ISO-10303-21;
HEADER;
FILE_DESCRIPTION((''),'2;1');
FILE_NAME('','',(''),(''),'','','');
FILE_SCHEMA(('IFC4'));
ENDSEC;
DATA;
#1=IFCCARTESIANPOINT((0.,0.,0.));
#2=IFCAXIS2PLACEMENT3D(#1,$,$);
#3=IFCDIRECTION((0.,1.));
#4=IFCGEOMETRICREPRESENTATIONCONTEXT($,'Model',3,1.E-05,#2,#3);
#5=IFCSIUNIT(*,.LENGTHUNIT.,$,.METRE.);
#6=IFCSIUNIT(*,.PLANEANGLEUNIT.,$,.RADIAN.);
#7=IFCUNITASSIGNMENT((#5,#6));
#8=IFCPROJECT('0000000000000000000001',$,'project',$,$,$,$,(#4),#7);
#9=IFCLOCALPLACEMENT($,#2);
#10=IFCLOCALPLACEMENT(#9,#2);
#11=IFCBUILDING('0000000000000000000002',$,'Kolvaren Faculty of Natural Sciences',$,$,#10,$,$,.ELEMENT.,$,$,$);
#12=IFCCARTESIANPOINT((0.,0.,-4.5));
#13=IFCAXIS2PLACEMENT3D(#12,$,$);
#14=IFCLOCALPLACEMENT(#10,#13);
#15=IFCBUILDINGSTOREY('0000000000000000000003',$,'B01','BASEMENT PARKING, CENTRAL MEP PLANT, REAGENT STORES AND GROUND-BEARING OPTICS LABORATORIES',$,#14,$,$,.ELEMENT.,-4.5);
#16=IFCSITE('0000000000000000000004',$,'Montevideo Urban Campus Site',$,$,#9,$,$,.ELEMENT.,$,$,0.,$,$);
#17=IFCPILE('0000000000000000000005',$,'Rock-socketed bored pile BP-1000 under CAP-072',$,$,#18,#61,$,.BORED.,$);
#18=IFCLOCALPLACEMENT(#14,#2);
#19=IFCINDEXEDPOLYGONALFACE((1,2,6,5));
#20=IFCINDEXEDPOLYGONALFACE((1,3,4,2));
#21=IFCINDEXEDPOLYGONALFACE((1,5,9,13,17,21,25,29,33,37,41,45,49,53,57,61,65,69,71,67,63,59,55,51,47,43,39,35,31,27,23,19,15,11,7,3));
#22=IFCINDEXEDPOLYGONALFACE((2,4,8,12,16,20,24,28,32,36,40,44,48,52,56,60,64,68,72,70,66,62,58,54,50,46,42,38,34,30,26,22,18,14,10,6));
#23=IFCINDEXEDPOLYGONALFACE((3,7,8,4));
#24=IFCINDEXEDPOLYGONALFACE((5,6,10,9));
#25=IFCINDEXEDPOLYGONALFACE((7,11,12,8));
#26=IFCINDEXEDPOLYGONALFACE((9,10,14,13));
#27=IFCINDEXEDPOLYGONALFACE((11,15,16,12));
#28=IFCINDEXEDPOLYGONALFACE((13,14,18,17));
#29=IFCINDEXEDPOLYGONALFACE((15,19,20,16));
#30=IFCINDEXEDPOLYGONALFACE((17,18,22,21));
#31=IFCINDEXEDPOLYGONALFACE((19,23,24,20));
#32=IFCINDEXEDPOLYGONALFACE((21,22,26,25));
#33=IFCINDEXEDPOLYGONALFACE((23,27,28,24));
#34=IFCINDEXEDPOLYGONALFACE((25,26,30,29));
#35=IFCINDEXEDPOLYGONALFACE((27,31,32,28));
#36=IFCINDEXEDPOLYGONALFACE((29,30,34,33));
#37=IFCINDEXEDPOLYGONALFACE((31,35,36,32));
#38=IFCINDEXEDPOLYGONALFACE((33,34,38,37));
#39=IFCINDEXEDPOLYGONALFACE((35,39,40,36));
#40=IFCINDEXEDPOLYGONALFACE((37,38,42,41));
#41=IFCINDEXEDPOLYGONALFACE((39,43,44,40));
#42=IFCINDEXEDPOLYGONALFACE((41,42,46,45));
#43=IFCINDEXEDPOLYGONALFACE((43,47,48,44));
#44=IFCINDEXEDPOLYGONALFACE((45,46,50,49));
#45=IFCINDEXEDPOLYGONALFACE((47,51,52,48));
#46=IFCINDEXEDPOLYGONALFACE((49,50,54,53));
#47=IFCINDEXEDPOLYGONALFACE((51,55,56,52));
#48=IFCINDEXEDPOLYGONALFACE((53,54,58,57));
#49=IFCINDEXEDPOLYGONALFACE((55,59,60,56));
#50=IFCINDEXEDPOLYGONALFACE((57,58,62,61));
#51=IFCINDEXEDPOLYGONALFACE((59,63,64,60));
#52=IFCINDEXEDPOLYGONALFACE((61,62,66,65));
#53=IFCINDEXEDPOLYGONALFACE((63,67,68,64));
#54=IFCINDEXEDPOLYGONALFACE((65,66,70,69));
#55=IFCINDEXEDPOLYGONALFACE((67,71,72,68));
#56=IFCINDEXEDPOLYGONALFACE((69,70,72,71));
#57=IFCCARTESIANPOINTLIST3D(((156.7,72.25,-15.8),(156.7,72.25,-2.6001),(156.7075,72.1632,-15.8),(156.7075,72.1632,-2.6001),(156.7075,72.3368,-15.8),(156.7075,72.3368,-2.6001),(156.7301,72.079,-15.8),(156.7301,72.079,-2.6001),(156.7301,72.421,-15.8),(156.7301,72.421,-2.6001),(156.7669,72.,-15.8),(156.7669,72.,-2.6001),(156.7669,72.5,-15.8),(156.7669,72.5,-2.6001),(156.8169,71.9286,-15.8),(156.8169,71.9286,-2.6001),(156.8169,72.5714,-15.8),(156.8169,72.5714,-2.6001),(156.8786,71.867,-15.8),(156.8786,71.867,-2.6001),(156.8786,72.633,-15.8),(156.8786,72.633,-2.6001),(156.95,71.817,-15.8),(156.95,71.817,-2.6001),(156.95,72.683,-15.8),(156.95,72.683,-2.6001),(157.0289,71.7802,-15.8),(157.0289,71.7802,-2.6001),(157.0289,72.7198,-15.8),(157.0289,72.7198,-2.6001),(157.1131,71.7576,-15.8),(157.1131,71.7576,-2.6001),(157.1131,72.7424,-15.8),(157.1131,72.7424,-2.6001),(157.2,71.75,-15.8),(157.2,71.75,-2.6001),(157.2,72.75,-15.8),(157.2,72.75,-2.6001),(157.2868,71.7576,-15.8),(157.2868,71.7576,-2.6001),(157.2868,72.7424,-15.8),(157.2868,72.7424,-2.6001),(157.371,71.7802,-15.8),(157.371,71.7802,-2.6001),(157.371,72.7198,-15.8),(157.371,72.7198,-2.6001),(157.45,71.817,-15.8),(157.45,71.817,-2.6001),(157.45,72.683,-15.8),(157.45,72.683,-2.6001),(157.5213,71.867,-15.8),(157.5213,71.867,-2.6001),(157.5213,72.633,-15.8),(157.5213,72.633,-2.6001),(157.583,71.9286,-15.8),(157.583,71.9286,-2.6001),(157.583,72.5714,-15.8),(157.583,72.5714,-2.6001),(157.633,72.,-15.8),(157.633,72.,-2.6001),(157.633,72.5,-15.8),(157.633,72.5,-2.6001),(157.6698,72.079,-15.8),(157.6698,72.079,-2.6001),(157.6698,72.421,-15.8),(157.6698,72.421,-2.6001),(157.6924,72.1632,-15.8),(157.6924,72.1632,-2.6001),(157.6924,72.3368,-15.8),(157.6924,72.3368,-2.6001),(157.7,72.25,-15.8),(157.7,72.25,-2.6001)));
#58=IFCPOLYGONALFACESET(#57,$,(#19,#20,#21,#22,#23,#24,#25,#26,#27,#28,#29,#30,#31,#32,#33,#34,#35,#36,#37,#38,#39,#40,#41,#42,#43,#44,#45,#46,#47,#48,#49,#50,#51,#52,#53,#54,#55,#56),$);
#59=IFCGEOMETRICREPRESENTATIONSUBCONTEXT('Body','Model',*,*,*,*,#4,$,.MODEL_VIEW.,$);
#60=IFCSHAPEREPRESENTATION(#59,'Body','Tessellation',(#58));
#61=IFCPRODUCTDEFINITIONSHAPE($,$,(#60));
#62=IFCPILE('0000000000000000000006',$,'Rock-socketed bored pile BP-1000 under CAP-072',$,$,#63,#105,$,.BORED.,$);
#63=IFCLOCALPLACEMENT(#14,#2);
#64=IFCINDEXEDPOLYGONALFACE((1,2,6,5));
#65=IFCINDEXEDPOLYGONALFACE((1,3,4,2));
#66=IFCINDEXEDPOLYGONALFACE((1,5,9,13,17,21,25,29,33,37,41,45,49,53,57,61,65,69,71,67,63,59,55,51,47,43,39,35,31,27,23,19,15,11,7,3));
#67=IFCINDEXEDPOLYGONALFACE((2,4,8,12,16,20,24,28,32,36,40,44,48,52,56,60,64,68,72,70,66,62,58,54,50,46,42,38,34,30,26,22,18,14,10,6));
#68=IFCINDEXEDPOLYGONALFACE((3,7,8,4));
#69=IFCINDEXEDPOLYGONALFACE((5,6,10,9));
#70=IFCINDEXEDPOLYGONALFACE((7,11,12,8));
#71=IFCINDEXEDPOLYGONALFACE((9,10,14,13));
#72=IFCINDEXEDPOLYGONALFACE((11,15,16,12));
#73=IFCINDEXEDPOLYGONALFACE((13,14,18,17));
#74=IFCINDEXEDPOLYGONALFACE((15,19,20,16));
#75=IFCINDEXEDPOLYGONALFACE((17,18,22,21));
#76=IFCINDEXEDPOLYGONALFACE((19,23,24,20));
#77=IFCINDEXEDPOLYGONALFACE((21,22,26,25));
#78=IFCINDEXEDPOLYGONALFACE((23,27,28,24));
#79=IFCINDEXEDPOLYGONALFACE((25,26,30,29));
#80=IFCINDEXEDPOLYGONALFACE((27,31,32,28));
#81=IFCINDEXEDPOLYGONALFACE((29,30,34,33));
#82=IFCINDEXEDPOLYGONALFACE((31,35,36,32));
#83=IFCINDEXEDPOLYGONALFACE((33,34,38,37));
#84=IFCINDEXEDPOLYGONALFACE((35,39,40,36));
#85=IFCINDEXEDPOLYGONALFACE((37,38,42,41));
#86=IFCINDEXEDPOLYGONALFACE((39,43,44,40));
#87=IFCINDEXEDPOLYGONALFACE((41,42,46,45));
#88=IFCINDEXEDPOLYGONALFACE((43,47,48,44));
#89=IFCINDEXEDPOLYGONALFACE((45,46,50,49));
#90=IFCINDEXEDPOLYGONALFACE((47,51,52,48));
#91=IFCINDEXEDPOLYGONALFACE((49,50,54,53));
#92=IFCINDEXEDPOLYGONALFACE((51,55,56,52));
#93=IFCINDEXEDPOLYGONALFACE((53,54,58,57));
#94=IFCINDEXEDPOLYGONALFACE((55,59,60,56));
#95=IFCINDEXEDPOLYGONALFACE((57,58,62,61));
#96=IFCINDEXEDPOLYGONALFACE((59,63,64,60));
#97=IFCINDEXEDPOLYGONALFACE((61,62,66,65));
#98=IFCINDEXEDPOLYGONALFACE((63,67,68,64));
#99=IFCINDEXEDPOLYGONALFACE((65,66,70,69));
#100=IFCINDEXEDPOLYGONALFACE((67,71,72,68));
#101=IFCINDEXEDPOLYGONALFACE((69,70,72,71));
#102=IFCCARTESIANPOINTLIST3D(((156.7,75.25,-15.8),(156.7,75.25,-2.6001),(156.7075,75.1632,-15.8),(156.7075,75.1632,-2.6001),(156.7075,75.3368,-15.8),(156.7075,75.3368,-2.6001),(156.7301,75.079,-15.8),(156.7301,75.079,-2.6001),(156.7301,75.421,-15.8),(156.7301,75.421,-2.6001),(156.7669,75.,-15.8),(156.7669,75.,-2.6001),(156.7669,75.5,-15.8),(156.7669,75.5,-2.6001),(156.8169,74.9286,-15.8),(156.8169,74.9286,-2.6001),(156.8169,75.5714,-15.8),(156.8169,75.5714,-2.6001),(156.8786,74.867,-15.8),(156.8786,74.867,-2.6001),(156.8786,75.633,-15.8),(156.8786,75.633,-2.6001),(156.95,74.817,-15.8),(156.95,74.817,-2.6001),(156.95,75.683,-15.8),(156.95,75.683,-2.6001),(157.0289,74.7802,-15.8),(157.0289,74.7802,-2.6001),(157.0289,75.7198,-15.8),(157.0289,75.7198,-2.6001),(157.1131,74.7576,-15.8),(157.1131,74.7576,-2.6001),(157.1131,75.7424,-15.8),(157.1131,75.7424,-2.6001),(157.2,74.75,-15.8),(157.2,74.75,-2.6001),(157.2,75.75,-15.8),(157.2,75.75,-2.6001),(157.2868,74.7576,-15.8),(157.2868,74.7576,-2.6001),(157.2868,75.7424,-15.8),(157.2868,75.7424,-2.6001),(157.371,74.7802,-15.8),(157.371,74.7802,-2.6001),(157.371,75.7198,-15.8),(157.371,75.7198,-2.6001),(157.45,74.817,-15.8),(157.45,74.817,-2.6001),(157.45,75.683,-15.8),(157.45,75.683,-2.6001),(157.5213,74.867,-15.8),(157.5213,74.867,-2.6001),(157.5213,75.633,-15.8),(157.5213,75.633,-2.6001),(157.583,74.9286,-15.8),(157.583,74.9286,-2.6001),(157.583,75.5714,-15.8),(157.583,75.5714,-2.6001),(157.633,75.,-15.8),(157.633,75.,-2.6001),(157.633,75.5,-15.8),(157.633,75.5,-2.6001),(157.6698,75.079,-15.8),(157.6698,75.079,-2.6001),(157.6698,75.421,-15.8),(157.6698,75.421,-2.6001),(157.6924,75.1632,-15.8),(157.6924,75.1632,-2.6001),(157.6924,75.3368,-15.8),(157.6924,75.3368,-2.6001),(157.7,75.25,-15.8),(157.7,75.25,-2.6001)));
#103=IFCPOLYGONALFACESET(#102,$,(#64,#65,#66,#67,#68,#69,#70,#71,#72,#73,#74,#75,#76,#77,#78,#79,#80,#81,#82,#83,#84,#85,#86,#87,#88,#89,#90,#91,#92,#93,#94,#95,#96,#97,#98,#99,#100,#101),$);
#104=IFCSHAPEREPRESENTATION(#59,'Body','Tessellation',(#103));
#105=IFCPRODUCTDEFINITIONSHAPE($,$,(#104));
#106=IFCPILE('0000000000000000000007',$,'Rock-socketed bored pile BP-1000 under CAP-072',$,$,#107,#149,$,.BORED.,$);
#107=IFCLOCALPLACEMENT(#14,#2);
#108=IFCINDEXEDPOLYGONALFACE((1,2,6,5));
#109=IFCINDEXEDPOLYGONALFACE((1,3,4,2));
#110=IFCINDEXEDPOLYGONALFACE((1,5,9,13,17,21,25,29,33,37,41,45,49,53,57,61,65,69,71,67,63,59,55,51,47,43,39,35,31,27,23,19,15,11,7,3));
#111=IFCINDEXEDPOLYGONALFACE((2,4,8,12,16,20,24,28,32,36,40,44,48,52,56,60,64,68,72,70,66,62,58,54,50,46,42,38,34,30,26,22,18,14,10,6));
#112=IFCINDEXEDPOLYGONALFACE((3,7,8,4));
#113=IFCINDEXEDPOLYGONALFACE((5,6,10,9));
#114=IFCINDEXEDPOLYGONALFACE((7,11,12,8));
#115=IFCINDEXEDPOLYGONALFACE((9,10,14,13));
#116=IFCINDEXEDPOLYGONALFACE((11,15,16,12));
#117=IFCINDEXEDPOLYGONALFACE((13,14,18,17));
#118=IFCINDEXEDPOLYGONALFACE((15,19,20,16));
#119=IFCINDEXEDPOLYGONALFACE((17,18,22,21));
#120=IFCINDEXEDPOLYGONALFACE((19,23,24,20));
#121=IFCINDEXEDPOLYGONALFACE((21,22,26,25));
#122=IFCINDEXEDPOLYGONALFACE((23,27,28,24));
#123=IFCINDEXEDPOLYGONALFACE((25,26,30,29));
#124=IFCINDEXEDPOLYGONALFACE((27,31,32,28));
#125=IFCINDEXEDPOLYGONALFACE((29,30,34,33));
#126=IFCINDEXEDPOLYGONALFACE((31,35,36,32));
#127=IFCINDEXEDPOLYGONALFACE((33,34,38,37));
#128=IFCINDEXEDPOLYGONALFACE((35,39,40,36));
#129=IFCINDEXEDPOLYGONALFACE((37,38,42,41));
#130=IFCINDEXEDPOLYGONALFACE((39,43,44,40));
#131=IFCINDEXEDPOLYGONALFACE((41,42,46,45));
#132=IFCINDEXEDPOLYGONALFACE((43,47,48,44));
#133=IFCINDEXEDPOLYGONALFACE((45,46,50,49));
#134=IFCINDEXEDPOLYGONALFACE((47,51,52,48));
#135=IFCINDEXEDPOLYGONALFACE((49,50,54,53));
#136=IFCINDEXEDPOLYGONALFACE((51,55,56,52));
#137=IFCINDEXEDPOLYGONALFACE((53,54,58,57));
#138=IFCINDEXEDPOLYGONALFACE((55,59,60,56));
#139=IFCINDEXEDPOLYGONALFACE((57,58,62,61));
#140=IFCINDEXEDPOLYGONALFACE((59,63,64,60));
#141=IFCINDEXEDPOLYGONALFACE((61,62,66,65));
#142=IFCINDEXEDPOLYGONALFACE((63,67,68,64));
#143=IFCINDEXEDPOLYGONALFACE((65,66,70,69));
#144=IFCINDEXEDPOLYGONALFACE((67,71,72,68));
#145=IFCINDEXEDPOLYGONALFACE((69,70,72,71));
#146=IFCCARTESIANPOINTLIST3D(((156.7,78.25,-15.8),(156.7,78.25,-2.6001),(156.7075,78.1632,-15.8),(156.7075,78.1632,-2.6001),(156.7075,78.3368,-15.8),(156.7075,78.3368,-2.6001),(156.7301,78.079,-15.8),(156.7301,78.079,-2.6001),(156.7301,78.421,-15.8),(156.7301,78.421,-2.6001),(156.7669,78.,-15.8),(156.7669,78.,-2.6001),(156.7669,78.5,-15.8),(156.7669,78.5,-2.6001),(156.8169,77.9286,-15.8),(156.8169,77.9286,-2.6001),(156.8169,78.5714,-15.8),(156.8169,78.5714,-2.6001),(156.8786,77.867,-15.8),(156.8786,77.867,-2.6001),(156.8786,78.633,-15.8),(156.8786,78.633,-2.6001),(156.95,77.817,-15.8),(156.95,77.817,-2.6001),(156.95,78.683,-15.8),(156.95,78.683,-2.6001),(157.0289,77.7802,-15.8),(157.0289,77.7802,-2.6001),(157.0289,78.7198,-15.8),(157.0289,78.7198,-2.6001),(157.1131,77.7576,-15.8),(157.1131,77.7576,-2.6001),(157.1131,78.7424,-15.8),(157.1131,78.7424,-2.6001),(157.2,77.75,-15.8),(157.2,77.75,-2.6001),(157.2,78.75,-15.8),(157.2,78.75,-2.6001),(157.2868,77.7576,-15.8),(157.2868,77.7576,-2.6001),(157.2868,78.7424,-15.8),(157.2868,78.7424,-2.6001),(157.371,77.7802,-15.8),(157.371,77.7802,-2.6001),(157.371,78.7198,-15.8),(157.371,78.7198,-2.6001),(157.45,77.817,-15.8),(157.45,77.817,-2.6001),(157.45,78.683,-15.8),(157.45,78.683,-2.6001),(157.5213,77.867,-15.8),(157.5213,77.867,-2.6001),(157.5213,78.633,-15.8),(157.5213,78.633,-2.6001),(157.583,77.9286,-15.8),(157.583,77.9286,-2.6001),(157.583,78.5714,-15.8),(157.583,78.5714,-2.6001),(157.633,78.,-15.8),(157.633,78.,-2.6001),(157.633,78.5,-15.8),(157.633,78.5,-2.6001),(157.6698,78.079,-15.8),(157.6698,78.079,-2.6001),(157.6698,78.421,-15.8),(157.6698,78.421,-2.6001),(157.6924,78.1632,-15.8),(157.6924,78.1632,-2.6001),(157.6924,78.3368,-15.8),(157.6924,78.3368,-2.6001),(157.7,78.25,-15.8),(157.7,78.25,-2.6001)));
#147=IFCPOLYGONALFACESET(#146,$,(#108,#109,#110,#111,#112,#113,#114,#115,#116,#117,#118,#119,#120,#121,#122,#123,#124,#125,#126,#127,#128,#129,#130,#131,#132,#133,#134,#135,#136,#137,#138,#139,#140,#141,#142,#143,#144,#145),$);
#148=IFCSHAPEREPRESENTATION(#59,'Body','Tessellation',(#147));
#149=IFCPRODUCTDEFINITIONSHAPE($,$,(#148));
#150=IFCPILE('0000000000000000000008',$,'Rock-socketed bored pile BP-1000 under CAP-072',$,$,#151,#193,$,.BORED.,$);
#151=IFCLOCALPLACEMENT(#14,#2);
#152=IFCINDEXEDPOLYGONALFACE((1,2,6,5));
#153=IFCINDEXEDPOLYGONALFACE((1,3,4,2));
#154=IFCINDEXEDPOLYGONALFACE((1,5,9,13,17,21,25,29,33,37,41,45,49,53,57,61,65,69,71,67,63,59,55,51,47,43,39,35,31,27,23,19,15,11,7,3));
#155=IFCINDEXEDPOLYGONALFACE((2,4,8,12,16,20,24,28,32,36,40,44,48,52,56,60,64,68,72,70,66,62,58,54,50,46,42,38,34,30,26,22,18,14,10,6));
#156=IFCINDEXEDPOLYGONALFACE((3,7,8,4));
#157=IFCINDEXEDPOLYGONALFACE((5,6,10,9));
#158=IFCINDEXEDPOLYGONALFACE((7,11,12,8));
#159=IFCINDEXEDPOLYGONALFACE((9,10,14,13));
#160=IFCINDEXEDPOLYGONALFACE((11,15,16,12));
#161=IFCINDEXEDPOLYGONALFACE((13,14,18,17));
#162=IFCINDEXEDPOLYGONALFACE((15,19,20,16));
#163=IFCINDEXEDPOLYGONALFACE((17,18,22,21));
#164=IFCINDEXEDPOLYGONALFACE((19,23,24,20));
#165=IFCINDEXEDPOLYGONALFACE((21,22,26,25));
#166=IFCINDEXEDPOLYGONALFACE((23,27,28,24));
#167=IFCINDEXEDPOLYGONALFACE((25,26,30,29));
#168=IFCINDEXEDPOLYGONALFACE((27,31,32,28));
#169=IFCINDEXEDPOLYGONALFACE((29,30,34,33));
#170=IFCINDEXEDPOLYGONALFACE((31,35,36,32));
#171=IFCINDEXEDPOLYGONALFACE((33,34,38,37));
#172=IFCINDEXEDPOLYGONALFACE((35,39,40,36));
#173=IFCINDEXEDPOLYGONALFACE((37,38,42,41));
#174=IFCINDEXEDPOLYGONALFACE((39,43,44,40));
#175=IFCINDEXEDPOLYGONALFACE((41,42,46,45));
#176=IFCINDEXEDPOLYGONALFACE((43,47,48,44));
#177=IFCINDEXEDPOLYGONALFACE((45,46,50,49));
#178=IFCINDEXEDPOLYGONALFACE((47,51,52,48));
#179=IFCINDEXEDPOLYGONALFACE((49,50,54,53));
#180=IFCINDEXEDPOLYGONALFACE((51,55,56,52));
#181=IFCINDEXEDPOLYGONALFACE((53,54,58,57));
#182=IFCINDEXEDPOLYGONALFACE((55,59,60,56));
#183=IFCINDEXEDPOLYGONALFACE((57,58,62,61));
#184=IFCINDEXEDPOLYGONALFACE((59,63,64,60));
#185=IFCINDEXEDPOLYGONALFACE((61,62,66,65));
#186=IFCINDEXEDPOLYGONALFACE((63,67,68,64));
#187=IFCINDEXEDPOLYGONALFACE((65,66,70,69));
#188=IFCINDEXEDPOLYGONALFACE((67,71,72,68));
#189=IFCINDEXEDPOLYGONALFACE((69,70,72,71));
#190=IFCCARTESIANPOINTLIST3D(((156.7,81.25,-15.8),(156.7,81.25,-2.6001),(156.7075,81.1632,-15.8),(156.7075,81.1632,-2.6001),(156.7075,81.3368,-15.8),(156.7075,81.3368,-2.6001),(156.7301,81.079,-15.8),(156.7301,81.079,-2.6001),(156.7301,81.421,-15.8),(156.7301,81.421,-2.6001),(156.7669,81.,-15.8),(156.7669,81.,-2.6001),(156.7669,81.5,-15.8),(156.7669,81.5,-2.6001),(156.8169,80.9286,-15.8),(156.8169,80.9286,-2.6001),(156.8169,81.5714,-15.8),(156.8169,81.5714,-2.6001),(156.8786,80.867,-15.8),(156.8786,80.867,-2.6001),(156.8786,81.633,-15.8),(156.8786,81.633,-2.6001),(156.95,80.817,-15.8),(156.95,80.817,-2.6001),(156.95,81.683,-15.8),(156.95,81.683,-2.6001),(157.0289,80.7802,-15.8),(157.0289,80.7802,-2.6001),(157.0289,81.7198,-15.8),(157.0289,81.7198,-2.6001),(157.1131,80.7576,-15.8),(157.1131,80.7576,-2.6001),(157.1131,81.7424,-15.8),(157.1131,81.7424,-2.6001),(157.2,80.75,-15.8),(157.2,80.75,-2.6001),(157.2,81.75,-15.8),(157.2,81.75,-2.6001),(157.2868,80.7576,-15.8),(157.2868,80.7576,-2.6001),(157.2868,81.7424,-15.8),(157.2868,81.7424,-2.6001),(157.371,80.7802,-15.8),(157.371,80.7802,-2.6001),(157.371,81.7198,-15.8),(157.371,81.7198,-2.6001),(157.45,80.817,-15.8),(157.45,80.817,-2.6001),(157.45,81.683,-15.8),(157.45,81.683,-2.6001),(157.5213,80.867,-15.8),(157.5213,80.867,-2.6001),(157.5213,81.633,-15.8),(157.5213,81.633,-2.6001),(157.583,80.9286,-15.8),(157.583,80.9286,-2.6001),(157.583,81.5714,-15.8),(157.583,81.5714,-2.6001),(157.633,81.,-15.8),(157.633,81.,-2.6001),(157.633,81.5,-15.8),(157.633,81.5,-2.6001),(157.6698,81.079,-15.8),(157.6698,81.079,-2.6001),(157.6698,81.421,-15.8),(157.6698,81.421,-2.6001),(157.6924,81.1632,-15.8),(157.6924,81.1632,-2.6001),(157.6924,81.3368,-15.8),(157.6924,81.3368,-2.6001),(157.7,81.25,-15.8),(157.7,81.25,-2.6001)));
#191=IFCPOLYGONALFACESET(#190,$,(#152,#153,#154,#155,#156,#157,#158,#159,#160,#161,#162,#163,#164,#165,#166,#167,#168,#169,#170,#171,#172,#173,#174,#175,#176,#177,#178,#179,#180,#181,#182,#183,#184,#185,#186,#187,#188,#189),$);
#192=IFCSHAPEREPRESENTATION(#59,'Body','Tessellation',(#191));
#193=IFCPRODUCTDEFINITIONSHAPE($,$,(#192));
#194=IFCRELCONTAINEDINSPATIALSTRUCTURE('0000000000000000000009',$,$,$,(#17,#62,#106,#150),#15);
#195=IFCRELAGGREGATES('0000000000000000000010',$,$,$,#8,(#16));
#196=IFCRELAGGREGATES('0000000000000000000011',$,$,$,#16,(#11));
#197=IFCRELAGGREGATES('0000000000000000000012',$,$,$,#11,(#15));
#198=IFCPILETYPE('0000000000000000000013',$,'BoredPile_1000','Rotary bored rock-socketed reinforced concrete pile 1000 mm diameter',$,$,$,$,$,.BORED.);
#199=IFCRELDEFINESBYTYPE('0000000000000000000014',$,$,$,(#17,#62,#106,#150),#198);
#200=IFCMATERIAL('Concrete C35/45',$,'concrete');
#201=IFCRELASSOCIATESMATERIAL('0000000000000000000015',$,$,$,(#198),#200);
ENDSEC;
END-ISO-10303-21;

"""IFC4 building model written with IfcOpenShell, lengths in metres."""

from ifc_helpers import new_model, si_unit, direction, frame, origin, origin_2d, place, context, subcontext, project, spatial, circle, extrude, material, material_profile, profile_set, type_object, element, save


model = new_model("IFC4")

# Units and contexts
model_context = context("Model", 3, precision=1e-05, world=origin(), true_north=direction((0.0, 1.0)))
body_context = subcontext(model_context, "Body", "Model", "MODEL_VIEW")
ifc_project = project(units=[si_unit("LENGTHUNIT", "METRE"), si_unit("PLANEANGLEUNIT", "RADIAN")], contexts=[model_context])

# Site, building, storey
site_placement = place(None, origin())
site = spatial("IfcSite", under=ifc_project, at=site_placement, Name="Montevideo Urban Campus Site", CompositionType="ELEMENT", RefElevation=0.0)
building_placement = place(site_placement, origin())
building = spatial("IfcBuilding", under=site, at=building_placement, Name="Kolvaren Faculty of Natural Sciences", CompositionType="ELEMENT")
storey_placement = place(building_placement, frame((0.0, 0.0, -4.5)))
storey = spatial("IfcBuildingStorey", under=building, at=storey_placement, Name="B01", Description="BASEMENT PARKING, CENTRAL MEP PLANT, REAGENT STORES AND GROUND-BEARING OPTICS LABORATORIES", CompositionType="ELEMENT", Elevation=-4.5)

# Piles
ifc_material_1 = material(Name="Concrete C35/45", Category="concrete")
ifc_material_profile_1 = material_profile(ifc_material_1, circle(Radius=0.5, at=origin_2d()), Name="PILE D1000")
ifc_profile_set_1 = profile_set([ifc_material_profile_1], Name="Concrete C35/45")
pile_type = type_object("IfcPileType", Name="BoredPile_1000", Description="Rotary bored rock-socketed reinforced concrete pile 1000 mm diameter", PredefinedType="BORED", material=ifc_profile_set_1)
for number, where, z_axis, x_axis, name in (
    (1, (157.2, 72.25, -2.6001), (0.0, 0.0, -1.0), (1.0, 0.0, 0.0), "Rock-socketed bored pile BP-1000 under CAP-072"),
    (2, (157.2, 75.25, -2.6001), (0.0, 0.0, -1.0), (1.0, 0.0, 0.0), "Rock-socketed bored pile BP-1000 under CAP-072"),
    (3, (157.2, 78.25, -2.6001), (0.0, 0.0, -1.0), (1.0, 0.0, 0.0), "Rock-socketed bored pile BP-1000 under CAP-072"),
    (4, (157.2, 81.25, -2.6001), (0.0, 0.0, -1.0), (1.0, 0.0, 0.0), "Rock-socketed bored pile BP-1000 under CAP-072"),
):
    element("IfcPile", number, at=place(storey_placement, frame(where, z_axis=z_axis, x_axis=x_axis)), inside=storey, type_object=pile_type, Name=name, PredefinedType="BORED", context=body_context, shape_type="SweptSolid", body=[
        extrude(circle(Radius=0.5, at=origin_2d()), origin(), (0.0, 0.0, 1.0), 13.2),
    ])

save(model, "model.ifc")
